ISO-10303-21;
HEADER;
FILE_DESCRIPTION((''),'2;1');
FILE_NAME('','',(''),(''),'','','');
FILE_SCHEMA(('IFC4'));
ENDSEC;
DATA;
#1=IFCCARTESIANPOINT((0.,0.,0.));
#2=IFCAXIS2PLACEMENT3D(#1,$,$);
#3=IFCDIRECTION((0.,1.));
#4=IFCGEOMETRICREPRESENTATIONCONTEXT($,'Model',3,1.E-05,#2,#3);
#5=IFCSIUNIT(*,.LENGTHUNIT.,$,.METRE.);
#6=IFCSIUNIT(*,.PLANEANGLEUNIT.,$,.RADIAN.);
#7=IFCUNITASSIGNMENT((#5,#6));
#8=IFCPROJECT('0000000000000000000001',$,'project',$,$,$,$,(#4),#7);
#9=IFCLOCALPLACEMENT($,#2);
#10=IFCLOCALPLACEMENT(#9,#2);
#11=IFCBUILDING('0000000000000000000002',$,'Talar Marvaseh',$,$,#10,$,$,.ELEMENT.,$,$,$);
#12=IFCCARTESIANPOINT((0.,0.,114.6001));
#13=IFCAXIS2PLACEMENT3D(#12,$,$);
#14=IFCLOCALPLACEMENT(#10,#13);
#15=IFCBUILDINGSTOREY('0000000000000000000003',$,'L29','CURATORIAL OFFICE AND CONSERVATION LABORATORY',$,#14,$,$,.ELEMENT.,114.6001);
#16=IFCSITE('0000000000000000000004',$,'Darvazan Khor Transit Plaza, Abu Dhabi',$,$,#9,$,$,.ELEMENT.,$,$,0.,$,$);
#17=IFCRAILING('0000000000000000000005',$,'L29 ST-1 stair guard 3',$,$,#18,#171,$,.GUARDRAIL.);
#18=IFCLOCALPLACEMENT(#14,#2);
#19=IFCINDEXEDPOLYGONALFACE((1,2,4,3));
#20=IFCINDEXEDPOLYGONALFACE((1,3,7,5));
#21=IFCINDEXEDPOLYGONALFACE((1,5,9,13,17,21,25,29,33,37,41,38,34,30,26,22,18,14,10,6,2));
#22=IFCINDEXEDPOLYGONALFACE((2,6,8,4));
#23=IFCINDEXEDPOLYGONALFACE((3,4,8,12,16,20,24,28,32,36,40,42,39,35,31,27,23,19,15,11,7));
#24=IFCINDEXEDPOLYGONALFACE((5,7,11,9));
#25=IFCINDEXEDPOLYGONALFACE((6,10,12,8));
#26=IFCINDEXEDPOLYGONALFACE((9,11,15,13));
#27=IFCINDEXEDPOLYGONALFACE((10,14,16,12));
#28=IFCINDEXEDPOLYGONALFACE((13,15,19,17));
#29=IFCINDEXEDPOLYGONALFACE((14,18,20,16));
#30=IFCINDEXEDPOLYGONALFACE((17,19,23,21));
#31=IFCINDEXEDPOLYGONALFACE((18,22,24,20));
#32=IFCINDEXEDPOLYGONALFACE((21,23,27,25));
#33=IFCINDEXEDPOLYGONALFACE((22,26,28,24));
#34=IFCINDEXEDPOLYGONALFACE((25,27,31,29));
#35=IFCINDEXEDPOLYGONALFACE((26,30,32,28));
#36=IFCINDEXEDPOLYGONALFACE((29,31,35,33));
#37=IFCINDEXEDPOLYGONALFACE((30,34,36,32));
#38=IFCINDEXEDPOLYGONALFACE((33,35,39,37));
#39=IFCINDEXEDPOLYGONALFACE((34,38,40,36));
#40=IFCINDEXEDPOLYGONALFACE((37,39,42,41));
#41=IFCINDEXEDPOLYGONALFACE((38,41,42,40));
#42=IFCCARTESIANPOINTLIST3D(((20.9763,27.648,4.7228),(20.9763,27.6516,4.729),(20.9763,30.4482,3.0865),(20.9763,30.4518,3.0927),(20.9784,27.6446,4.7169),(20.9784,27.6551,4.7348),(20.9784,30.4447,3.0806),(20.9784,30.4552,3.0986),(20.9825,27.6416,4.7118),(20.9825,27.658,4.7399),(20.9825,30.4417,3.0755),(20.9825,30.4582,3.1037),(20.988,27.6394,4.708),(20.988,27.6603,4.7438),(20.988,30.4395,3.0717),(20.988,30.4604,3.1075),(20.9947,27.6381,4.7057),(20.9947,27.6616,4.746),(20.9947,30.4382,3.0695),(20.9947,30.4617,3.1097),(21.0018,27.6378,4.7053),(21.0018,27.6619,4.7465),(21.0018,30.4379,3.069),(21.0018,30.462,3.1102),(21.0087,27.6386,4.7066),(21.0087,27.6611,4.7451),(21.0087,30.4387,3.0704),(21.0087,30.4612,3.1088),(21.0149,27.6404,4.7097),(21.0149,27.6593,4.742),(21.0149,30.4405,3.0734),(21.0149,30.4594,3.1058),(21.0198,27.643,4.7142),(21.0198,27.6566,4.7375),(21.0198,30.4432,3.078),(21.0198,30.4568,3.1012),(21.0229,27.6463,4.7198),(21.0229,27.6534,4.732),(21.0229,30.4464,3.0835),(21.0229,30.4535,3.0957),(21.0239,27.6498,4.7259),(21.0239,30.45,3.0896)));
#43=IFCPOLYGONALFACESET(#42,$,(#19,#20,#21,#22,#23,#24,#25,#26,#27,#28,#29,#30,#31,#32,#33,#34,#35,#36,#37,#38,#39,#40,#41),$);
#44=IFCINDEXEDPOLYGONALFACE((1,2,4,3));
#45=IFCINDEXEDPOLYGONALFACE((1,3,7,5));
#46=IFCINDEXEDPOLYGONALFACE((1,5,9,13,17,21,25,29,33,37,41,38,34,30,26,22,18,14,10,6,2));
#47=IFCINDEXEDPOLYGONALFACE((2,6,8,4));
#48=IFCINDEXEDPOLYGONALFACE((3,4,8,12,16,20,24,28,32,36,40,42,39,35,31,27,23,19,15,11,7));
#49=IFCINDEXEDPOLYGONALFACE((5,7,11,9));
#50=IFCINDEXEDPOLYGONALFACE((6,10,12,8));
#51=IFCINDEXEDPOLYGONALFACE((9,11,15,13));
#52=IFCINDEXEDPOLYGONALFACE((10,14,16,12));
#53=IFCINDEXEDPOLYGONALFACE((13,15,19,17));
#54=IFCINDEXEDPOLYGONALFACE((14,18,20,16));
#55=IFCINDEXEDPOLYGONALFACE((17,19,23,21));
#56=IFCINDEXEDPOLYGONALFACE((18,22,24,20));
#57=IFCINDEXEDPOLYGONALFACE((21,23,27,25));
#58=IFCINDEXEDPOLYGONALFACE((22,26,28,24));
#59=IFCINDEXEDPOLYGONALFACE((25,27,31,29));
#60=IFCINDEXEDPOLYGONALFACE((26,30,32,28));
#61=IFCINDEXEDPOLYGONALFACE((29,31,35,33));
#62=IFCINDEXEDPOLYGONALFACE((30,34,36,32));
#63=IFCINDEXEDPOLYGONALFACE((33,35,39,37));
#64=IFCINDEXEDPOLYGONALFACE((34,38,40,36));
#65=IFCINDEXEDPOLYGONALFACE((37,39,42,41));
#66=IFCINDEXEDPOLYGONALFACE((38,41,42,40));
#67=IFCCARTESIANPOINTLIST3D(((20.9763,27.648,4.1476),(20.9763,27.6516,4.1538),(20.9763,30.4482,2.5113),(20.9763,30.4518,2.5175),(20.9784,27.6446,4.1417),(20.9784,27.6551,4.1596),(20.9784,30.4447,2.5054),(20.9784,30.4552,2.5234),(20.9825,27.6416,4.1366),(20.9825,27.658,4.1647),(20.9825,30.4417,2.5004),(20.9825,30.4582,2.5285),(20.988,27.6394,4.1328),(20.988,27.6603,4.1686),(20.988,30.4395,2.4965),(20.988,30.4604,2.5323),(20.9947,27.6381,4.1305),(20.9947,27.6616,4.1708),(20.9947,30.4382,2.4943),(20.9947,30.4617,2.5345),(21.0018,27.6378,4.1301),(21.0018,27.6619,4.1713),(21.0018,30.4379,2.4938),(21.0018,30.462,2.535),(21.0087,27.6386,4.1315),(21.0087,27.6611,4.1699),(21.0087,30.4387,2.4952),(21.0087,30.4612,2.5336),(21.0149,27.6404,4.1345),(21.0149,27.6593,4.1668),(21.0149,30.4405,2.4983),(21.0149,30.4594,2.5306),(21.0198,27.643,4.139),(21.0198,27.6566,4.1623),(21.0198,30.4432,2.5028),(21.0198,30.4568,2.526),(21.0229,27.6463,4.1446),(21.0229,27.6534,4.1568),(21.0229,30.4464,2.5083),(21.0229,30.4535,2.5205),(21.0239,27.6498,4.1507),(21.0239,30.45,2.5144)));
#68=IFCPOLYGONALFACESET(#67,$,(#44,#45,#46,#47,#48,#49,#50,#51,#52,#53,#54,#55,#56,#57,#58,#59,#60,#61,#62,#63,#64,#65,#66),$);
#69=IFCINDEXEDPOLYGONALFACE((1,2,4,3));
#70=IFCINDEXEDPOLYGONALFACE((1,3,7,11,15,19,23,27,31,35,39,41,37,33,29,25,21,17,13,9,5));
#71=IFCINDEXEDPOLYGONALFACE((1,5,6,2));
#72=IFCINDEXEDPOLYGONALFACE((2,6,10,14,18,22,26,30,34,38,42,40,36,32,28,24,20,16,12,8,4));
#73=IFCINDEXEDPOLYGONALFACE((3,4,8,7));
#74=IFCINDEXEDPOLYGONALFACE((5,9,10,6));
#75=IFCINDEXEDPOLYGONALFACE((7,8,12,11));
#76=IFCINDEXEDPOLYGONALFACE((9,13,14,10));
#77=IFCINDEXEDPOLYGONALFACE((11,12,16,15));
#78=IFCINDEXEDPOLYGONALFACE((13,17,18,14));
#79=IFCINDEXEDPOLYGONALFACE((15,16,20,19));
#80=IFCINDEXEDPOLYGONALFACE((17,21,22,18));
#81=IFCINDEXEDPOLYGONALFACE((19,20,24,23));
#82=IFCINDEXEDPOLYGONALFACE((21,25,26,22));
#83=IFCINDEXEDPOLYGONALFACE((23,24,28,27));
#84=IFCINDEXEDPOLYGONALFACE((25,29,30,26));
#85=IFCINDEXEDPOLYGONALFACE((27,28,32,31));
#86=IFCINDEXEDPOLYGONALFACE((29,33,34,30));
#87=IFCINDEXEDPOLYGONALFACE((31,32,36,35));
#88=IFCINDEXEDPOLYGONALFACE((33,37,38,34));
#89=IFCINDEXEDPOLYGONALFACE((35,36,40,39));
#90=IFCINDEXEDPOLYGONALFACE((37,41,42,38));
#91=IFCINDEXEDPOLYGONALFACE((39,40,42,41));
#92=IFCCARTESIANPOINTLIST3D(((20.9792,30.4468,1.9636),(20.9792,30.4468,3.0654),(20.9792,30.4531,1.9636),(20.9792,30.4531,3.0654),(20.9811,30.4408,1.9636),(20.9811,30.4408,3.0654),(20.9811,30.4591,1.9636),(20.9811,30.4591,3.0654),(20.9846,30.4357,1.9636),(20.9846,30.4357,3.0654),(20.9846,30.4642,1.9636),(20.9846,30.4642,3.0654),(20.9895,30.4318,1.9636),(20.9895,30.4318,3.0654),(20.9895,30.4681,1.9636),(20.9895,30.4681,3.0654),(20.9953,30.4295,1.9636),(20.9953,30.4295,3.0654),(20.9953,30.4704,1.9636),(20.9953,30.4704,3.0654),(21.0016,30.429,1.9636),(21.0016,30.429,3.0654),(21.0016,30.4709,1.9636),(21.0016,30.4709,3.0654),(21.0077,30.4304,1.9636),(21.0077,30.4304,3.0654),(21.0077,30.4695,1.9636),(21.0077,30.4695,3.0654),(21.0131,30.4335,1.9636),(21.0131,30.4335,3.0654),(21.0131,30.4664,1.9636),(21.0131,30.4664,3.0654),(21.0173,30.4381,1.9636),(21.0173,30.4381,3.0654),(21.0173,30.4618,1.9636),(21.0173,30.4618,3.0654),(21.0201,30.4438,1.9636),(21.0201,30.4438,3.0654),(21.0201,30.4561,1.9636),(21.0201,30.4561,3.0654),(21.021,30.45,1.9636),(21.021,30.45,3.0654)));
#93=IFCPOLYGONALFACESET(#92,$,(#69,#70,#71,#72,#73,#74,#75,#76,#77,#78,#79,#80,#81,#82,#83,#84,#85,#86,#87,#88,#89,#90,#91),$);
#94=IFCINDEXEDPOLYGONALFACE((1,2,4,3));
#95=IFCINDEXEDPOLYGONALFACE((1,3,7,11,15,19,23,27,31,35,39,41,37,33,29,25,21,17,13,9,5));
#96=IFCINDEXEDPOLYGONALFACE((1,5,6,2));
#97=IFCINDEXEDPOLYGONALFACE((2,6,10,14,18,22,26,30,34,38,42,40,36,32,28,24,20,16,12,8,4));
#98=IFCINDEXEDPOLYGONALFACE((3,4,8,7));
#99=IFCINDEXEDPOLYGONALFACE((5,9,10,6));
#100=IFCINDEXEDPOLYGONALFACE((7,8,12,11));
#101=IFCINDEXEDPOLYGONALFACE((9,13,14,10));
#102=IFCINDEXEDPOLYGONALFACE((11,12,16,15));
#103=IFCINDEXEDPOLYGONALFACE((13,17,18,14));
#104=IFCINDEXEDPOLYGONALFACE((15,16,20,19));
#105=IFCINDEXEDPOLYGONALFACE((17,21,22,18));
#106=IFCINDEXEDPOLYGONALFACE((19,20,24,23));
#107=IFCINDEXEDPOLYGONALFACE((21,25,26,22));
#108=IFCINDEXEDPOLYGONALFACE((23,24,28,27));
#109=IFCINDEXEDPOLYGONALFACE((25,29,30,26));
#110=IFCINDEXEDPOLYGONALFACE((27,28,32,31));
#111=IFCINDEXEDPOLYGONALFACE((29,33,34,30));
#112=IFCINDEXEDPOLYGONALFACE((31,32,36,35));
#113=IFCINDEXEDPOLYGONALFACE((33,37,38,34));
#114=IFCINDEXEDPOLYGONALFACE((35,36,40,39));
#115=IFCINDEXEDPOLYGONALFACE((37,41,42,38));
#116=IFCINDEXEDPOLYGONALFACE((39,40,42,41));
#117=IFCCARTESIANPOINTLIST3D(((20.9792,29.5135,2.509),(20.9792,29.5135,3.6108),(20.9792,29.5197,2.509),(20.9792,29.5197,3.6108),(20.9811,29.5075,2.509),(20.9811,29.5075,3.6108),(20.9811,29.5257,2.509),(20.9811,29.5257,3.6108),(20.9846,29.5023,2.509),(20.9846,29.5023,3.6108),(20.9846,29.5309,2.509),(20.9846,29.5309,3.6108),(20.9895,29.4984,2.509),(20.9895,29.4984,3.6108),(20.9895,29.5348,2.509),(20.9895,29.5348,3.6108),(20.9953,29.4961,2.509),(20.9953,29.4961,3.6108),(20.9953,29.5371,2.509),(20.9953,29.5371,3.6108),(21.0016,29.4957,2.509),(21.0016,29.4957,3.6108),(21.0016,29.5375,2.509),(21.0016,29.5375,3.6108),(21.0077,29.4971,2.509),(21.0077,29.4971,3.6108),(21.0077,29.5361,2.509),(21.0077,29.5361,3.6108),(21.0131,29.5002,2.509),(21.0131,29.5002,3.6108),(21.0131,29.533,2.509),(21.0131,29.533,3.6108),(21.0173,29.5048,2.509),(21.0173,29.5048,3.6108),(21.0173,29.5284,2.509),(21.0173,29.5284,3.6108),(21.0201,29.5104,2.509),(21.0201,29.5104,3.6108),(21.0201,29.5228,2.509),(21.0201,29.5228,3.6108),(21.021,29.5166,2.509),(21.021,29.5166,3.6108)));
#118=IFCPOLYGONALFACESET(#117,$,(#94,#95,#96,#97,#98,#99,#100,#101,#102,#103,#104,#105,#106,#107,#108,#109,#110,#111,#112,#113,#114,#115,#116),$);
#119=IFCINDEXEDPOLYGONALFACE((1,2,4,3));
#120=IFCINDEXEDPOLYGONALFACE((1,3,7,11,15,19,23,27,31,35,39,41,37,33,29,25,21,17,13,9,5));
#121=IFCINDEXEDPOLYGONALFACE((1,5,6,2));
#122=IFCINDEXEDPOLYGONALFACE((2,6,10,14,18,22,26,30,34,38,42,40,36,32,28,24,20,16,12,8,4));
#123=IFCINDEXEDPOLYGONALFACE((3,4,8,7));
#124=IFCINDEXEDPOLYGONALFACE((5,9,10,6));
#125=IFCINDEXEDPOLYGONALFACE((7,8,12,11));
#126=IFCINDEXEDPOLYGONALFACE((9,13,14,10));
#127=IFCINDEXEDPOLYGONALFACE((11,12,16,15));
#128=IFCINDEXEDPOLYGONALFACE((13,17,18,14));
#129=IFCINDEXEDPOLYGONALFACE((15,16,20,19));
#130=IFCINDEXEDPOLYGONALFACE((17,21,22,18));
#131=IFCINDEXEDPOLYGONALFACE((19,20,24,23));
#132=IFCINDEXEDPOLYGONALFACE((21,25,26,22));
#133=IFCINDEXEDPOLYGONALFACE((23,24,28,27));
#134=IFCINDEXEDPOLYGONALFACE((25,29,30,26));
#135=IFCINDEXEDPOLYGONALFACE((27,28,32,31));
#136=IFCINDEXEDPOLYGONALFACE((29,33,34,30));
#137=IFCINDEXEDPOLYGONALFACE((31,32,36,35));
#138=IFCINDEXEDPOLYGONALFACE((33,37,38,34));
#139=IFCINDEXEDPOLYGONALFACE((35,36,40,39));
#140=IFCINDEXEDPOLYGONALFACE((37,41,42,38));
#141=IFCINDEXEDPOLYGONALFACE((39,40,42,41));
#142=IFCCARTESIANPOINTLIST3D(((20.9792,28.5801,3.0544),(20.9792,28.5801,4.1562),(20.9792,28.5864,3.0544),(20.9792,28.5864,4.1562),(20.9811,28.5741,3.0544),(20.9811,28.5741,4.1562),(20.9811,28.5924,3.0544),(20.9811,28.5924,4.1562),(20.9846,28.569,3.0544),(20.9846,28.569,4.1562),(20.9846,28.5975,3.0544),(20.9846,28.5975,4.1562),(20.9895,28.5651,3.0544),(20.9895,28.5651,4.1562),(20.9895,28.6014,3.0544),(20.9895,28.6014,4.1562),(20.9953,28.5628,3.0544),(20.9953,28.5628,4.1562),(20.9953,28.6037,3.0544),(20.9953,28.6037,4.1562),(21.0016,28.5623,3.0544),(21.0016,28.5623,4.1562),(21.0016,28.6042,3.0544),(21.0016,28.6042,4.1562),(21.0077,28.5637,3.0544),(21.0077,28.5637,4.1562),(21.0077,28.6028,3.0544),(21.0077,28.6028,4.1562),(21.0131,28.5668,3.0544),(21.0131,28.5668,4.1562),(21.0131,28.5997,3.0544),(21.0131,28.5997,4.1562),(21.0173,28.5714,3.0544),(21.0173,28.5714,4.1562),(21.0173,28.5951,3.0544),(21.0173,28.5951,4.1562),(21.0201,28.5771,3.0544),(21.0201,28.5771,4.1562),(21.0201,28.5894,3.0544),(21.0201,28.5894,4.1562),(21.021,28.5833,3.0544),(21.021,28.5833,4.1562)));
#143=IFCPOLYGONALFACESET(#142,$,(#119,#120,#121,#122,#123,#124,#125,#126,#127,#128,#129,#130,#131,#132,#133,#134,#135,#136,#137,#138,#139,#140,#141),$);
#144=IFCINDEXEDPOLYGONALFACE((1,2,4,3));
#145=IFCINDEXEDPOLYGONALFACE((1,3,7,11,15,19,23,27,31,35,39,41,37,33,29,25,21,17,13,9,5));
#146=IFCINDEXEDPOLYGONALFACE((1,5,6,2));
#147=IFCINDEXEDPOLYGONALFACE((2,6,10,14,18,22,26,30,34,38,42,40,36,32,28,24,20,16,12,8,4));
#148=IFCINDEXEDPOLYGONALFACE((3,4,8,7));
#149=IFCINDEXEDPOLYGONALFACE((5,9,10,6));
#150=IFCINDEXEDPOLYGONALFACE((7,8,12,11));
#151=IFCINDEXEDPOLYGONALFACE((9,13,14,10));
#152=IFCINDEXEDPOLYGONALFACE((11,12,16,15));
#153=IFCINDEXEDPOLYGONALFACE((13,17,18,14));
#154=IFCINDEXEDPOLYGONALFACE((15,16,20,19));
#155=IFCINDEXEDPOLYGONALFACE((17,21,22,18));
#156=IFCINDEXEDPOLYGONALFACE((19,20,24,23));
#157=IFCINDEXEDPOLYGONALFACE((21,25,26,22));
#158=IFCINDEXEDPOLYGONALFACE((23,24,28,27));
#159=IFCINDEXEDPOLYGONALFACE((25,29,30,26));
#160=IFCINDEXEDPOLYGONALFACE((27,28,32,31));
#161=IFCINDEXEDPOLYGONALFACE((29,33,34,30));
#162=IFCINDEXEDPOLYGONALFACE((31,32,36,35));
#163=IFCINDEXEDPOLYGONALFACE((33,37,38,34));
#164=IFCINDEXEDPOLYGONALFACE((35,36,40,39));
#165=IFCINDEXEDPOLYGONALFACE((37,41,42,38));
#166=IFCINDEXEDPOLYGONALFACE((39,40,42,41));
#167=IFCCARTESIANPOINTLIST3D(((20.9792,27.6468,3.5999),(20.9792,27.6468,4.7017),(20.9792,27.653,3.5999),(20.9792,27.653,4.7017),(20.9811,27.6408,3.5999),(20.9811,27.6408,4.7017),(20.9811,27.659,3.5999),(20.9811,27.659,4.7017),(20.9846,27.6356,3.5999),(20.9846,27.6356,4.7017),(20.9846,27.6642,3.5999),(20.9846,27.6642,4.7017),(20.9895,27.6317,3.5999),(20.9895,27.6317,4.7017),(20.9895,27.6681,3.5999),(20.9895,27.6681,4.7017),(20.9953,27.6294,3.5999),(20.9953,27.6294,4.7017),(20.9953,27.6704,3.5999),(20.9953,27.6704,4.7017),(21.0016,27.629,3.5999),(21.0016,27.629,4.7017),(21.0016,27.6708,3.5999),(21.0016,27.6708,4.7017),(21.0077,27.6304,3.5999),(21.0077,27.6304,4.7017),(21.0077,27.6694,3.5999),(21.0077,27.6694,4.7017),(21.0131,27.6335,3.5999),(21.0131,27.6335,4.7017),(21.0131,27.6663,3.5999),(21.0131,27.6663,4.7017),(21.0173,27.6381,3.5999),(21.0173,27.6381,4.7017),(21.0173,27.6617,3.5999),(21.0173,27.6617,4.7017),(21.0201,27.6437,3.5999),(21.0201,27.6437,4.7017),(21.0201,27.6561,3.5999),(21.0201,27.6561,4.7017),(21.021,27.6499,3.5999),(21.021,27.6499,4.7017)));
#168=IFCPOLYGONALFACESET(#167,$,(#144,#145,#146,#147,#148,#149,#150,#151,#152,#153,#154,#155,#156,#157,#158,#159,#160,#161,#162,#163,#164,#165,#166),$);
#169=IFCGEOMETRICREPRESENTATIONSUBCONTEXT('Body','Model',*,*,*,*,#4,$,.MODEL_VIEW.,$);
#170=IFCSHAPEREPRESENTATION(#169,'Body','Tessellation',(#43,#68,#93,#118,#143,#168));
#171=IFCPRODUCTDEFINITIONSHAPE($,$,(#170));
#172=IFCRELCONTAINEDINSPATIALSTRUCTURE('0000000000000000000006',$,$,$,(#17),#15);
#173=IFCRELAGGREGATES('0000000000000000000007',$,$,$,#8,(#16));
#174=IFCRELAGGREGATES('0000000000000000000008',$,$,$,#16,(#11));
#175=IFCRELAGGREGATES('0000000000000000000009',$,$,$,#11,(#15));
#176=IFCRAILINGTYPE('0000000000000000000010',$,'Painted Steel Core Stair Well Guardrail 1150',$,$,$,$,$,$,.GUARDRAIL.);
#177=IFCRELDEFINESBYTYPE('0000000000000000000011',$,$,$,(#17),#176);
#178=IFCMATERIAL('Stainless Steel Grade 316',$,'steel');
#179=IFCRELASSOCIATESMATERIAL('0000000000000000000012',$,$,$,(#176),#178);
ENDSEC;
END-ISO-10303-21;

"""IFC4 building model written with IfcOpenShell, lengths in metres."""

from ifc_helpers import new_model, si_unit, direction, frame, origin, origin_2d, place, context, subcontext, project, spatial, circle, extrude, material, type_object, element, save


model = new_model("IFC4")

# Units and contexts
model_context = context("Model", 3, precision=1e-05, world=origin(), true_north=direction((0.0, 1.0)))
body_context = subcontext(model_context, "Body", "Model", "MODEL_VIEW")
ifc_project = project(units=[si_unit("LENGTHUNIT", "METRE"), si_unit("PLANEANGLEUNIT", "RADIAN")], contexts=[model_context])

# Site, building, storey
site_placement = place(None, origin())
site = spatial("IfcSite", under=ifc_project, at=site_placement, Name="Darvazan Khor Transit Plaza, Abu Dhabi", CompositionType="ELEMENT", RefElevation=0.0)
building_placement = place(site_placement, origin())
building = spatial("IfcBuilding", under=site, at=building_placement, Name="Talar Marvaseh", CompositionType="ELEMENT")
storey_placement = place(building_placement, frame((0.0, 0.0, 114.6001)))
storey = spatial("IfcBuildingStorey", under=building, at=storey_placement, Name="L29", Description="CURATORIAL OFFICE AND CONSERVATION LABORATORY", CompositionType="ELEMENT", Elevation=114.6001)

# Railing
ifc_material_1 = material(Name="Stainless Steel Grade 316", Category="steel")
railing_type_1 = type_object("IfcRailingType", Name="Painted Steel Core Stair Well Guardrail 1150", PredefinedType="GUARDRAIL", material=ifc_material_1)
railing_1_placement = place(storey_placement, frame((21.0, 30.45, 1.9636)))
element("IfcRailing", 1, at=railing_1_placement, inside=storey, type_object=railing_type_1, Name="L29 ST-1 stair guard 3", PredefinedType="GUARDRAIL", context=body_context, shape_type="SweptSolid", body=[
    extrude(circle(Radius=0.0239, at=origin_2d()), frame((0.0, 0.0, 1.126), z_axis=(0.0, -0.863394, 0.504531), x_axis=(1.0, 0.0, 0.0)), (0.0, 0.0, 1.0), 3.2432),
    extrude(circle(Radius=0.0239, at=origin_2d()), frame((0.0, 0.0, 0.5508), z_axis=(0.0, -0.863394, 0.504531), x_axis=(1.0, 0.0, 0.0)), (0.0, 0.0, 1.0), 3.2432),
    extrude(circle(Radius=0.021, at=origin_2d()), origin(), (0.0, 0.0, 1.0), 1.1018),
    extrude(circle(Radius=0.021, at=origin_2d()), frame((0.0, -0.9333, 0.5454)), (0.0, 0.0, 1.0), 1.1018),
    extrude(circle(Radius=0.021, at=origin_2d()), frame((0.0, -1.8667, 1.0908)), (0.0, 0.0, 1.0), 1.1018),
    extrude(circle(Radius=0.021, at=origin_2d()), frame((0.0, -2.8, 1.6362)), (0.0, 0.0, 1.0), 1.1018),
])

save(model, "model.ifc")
